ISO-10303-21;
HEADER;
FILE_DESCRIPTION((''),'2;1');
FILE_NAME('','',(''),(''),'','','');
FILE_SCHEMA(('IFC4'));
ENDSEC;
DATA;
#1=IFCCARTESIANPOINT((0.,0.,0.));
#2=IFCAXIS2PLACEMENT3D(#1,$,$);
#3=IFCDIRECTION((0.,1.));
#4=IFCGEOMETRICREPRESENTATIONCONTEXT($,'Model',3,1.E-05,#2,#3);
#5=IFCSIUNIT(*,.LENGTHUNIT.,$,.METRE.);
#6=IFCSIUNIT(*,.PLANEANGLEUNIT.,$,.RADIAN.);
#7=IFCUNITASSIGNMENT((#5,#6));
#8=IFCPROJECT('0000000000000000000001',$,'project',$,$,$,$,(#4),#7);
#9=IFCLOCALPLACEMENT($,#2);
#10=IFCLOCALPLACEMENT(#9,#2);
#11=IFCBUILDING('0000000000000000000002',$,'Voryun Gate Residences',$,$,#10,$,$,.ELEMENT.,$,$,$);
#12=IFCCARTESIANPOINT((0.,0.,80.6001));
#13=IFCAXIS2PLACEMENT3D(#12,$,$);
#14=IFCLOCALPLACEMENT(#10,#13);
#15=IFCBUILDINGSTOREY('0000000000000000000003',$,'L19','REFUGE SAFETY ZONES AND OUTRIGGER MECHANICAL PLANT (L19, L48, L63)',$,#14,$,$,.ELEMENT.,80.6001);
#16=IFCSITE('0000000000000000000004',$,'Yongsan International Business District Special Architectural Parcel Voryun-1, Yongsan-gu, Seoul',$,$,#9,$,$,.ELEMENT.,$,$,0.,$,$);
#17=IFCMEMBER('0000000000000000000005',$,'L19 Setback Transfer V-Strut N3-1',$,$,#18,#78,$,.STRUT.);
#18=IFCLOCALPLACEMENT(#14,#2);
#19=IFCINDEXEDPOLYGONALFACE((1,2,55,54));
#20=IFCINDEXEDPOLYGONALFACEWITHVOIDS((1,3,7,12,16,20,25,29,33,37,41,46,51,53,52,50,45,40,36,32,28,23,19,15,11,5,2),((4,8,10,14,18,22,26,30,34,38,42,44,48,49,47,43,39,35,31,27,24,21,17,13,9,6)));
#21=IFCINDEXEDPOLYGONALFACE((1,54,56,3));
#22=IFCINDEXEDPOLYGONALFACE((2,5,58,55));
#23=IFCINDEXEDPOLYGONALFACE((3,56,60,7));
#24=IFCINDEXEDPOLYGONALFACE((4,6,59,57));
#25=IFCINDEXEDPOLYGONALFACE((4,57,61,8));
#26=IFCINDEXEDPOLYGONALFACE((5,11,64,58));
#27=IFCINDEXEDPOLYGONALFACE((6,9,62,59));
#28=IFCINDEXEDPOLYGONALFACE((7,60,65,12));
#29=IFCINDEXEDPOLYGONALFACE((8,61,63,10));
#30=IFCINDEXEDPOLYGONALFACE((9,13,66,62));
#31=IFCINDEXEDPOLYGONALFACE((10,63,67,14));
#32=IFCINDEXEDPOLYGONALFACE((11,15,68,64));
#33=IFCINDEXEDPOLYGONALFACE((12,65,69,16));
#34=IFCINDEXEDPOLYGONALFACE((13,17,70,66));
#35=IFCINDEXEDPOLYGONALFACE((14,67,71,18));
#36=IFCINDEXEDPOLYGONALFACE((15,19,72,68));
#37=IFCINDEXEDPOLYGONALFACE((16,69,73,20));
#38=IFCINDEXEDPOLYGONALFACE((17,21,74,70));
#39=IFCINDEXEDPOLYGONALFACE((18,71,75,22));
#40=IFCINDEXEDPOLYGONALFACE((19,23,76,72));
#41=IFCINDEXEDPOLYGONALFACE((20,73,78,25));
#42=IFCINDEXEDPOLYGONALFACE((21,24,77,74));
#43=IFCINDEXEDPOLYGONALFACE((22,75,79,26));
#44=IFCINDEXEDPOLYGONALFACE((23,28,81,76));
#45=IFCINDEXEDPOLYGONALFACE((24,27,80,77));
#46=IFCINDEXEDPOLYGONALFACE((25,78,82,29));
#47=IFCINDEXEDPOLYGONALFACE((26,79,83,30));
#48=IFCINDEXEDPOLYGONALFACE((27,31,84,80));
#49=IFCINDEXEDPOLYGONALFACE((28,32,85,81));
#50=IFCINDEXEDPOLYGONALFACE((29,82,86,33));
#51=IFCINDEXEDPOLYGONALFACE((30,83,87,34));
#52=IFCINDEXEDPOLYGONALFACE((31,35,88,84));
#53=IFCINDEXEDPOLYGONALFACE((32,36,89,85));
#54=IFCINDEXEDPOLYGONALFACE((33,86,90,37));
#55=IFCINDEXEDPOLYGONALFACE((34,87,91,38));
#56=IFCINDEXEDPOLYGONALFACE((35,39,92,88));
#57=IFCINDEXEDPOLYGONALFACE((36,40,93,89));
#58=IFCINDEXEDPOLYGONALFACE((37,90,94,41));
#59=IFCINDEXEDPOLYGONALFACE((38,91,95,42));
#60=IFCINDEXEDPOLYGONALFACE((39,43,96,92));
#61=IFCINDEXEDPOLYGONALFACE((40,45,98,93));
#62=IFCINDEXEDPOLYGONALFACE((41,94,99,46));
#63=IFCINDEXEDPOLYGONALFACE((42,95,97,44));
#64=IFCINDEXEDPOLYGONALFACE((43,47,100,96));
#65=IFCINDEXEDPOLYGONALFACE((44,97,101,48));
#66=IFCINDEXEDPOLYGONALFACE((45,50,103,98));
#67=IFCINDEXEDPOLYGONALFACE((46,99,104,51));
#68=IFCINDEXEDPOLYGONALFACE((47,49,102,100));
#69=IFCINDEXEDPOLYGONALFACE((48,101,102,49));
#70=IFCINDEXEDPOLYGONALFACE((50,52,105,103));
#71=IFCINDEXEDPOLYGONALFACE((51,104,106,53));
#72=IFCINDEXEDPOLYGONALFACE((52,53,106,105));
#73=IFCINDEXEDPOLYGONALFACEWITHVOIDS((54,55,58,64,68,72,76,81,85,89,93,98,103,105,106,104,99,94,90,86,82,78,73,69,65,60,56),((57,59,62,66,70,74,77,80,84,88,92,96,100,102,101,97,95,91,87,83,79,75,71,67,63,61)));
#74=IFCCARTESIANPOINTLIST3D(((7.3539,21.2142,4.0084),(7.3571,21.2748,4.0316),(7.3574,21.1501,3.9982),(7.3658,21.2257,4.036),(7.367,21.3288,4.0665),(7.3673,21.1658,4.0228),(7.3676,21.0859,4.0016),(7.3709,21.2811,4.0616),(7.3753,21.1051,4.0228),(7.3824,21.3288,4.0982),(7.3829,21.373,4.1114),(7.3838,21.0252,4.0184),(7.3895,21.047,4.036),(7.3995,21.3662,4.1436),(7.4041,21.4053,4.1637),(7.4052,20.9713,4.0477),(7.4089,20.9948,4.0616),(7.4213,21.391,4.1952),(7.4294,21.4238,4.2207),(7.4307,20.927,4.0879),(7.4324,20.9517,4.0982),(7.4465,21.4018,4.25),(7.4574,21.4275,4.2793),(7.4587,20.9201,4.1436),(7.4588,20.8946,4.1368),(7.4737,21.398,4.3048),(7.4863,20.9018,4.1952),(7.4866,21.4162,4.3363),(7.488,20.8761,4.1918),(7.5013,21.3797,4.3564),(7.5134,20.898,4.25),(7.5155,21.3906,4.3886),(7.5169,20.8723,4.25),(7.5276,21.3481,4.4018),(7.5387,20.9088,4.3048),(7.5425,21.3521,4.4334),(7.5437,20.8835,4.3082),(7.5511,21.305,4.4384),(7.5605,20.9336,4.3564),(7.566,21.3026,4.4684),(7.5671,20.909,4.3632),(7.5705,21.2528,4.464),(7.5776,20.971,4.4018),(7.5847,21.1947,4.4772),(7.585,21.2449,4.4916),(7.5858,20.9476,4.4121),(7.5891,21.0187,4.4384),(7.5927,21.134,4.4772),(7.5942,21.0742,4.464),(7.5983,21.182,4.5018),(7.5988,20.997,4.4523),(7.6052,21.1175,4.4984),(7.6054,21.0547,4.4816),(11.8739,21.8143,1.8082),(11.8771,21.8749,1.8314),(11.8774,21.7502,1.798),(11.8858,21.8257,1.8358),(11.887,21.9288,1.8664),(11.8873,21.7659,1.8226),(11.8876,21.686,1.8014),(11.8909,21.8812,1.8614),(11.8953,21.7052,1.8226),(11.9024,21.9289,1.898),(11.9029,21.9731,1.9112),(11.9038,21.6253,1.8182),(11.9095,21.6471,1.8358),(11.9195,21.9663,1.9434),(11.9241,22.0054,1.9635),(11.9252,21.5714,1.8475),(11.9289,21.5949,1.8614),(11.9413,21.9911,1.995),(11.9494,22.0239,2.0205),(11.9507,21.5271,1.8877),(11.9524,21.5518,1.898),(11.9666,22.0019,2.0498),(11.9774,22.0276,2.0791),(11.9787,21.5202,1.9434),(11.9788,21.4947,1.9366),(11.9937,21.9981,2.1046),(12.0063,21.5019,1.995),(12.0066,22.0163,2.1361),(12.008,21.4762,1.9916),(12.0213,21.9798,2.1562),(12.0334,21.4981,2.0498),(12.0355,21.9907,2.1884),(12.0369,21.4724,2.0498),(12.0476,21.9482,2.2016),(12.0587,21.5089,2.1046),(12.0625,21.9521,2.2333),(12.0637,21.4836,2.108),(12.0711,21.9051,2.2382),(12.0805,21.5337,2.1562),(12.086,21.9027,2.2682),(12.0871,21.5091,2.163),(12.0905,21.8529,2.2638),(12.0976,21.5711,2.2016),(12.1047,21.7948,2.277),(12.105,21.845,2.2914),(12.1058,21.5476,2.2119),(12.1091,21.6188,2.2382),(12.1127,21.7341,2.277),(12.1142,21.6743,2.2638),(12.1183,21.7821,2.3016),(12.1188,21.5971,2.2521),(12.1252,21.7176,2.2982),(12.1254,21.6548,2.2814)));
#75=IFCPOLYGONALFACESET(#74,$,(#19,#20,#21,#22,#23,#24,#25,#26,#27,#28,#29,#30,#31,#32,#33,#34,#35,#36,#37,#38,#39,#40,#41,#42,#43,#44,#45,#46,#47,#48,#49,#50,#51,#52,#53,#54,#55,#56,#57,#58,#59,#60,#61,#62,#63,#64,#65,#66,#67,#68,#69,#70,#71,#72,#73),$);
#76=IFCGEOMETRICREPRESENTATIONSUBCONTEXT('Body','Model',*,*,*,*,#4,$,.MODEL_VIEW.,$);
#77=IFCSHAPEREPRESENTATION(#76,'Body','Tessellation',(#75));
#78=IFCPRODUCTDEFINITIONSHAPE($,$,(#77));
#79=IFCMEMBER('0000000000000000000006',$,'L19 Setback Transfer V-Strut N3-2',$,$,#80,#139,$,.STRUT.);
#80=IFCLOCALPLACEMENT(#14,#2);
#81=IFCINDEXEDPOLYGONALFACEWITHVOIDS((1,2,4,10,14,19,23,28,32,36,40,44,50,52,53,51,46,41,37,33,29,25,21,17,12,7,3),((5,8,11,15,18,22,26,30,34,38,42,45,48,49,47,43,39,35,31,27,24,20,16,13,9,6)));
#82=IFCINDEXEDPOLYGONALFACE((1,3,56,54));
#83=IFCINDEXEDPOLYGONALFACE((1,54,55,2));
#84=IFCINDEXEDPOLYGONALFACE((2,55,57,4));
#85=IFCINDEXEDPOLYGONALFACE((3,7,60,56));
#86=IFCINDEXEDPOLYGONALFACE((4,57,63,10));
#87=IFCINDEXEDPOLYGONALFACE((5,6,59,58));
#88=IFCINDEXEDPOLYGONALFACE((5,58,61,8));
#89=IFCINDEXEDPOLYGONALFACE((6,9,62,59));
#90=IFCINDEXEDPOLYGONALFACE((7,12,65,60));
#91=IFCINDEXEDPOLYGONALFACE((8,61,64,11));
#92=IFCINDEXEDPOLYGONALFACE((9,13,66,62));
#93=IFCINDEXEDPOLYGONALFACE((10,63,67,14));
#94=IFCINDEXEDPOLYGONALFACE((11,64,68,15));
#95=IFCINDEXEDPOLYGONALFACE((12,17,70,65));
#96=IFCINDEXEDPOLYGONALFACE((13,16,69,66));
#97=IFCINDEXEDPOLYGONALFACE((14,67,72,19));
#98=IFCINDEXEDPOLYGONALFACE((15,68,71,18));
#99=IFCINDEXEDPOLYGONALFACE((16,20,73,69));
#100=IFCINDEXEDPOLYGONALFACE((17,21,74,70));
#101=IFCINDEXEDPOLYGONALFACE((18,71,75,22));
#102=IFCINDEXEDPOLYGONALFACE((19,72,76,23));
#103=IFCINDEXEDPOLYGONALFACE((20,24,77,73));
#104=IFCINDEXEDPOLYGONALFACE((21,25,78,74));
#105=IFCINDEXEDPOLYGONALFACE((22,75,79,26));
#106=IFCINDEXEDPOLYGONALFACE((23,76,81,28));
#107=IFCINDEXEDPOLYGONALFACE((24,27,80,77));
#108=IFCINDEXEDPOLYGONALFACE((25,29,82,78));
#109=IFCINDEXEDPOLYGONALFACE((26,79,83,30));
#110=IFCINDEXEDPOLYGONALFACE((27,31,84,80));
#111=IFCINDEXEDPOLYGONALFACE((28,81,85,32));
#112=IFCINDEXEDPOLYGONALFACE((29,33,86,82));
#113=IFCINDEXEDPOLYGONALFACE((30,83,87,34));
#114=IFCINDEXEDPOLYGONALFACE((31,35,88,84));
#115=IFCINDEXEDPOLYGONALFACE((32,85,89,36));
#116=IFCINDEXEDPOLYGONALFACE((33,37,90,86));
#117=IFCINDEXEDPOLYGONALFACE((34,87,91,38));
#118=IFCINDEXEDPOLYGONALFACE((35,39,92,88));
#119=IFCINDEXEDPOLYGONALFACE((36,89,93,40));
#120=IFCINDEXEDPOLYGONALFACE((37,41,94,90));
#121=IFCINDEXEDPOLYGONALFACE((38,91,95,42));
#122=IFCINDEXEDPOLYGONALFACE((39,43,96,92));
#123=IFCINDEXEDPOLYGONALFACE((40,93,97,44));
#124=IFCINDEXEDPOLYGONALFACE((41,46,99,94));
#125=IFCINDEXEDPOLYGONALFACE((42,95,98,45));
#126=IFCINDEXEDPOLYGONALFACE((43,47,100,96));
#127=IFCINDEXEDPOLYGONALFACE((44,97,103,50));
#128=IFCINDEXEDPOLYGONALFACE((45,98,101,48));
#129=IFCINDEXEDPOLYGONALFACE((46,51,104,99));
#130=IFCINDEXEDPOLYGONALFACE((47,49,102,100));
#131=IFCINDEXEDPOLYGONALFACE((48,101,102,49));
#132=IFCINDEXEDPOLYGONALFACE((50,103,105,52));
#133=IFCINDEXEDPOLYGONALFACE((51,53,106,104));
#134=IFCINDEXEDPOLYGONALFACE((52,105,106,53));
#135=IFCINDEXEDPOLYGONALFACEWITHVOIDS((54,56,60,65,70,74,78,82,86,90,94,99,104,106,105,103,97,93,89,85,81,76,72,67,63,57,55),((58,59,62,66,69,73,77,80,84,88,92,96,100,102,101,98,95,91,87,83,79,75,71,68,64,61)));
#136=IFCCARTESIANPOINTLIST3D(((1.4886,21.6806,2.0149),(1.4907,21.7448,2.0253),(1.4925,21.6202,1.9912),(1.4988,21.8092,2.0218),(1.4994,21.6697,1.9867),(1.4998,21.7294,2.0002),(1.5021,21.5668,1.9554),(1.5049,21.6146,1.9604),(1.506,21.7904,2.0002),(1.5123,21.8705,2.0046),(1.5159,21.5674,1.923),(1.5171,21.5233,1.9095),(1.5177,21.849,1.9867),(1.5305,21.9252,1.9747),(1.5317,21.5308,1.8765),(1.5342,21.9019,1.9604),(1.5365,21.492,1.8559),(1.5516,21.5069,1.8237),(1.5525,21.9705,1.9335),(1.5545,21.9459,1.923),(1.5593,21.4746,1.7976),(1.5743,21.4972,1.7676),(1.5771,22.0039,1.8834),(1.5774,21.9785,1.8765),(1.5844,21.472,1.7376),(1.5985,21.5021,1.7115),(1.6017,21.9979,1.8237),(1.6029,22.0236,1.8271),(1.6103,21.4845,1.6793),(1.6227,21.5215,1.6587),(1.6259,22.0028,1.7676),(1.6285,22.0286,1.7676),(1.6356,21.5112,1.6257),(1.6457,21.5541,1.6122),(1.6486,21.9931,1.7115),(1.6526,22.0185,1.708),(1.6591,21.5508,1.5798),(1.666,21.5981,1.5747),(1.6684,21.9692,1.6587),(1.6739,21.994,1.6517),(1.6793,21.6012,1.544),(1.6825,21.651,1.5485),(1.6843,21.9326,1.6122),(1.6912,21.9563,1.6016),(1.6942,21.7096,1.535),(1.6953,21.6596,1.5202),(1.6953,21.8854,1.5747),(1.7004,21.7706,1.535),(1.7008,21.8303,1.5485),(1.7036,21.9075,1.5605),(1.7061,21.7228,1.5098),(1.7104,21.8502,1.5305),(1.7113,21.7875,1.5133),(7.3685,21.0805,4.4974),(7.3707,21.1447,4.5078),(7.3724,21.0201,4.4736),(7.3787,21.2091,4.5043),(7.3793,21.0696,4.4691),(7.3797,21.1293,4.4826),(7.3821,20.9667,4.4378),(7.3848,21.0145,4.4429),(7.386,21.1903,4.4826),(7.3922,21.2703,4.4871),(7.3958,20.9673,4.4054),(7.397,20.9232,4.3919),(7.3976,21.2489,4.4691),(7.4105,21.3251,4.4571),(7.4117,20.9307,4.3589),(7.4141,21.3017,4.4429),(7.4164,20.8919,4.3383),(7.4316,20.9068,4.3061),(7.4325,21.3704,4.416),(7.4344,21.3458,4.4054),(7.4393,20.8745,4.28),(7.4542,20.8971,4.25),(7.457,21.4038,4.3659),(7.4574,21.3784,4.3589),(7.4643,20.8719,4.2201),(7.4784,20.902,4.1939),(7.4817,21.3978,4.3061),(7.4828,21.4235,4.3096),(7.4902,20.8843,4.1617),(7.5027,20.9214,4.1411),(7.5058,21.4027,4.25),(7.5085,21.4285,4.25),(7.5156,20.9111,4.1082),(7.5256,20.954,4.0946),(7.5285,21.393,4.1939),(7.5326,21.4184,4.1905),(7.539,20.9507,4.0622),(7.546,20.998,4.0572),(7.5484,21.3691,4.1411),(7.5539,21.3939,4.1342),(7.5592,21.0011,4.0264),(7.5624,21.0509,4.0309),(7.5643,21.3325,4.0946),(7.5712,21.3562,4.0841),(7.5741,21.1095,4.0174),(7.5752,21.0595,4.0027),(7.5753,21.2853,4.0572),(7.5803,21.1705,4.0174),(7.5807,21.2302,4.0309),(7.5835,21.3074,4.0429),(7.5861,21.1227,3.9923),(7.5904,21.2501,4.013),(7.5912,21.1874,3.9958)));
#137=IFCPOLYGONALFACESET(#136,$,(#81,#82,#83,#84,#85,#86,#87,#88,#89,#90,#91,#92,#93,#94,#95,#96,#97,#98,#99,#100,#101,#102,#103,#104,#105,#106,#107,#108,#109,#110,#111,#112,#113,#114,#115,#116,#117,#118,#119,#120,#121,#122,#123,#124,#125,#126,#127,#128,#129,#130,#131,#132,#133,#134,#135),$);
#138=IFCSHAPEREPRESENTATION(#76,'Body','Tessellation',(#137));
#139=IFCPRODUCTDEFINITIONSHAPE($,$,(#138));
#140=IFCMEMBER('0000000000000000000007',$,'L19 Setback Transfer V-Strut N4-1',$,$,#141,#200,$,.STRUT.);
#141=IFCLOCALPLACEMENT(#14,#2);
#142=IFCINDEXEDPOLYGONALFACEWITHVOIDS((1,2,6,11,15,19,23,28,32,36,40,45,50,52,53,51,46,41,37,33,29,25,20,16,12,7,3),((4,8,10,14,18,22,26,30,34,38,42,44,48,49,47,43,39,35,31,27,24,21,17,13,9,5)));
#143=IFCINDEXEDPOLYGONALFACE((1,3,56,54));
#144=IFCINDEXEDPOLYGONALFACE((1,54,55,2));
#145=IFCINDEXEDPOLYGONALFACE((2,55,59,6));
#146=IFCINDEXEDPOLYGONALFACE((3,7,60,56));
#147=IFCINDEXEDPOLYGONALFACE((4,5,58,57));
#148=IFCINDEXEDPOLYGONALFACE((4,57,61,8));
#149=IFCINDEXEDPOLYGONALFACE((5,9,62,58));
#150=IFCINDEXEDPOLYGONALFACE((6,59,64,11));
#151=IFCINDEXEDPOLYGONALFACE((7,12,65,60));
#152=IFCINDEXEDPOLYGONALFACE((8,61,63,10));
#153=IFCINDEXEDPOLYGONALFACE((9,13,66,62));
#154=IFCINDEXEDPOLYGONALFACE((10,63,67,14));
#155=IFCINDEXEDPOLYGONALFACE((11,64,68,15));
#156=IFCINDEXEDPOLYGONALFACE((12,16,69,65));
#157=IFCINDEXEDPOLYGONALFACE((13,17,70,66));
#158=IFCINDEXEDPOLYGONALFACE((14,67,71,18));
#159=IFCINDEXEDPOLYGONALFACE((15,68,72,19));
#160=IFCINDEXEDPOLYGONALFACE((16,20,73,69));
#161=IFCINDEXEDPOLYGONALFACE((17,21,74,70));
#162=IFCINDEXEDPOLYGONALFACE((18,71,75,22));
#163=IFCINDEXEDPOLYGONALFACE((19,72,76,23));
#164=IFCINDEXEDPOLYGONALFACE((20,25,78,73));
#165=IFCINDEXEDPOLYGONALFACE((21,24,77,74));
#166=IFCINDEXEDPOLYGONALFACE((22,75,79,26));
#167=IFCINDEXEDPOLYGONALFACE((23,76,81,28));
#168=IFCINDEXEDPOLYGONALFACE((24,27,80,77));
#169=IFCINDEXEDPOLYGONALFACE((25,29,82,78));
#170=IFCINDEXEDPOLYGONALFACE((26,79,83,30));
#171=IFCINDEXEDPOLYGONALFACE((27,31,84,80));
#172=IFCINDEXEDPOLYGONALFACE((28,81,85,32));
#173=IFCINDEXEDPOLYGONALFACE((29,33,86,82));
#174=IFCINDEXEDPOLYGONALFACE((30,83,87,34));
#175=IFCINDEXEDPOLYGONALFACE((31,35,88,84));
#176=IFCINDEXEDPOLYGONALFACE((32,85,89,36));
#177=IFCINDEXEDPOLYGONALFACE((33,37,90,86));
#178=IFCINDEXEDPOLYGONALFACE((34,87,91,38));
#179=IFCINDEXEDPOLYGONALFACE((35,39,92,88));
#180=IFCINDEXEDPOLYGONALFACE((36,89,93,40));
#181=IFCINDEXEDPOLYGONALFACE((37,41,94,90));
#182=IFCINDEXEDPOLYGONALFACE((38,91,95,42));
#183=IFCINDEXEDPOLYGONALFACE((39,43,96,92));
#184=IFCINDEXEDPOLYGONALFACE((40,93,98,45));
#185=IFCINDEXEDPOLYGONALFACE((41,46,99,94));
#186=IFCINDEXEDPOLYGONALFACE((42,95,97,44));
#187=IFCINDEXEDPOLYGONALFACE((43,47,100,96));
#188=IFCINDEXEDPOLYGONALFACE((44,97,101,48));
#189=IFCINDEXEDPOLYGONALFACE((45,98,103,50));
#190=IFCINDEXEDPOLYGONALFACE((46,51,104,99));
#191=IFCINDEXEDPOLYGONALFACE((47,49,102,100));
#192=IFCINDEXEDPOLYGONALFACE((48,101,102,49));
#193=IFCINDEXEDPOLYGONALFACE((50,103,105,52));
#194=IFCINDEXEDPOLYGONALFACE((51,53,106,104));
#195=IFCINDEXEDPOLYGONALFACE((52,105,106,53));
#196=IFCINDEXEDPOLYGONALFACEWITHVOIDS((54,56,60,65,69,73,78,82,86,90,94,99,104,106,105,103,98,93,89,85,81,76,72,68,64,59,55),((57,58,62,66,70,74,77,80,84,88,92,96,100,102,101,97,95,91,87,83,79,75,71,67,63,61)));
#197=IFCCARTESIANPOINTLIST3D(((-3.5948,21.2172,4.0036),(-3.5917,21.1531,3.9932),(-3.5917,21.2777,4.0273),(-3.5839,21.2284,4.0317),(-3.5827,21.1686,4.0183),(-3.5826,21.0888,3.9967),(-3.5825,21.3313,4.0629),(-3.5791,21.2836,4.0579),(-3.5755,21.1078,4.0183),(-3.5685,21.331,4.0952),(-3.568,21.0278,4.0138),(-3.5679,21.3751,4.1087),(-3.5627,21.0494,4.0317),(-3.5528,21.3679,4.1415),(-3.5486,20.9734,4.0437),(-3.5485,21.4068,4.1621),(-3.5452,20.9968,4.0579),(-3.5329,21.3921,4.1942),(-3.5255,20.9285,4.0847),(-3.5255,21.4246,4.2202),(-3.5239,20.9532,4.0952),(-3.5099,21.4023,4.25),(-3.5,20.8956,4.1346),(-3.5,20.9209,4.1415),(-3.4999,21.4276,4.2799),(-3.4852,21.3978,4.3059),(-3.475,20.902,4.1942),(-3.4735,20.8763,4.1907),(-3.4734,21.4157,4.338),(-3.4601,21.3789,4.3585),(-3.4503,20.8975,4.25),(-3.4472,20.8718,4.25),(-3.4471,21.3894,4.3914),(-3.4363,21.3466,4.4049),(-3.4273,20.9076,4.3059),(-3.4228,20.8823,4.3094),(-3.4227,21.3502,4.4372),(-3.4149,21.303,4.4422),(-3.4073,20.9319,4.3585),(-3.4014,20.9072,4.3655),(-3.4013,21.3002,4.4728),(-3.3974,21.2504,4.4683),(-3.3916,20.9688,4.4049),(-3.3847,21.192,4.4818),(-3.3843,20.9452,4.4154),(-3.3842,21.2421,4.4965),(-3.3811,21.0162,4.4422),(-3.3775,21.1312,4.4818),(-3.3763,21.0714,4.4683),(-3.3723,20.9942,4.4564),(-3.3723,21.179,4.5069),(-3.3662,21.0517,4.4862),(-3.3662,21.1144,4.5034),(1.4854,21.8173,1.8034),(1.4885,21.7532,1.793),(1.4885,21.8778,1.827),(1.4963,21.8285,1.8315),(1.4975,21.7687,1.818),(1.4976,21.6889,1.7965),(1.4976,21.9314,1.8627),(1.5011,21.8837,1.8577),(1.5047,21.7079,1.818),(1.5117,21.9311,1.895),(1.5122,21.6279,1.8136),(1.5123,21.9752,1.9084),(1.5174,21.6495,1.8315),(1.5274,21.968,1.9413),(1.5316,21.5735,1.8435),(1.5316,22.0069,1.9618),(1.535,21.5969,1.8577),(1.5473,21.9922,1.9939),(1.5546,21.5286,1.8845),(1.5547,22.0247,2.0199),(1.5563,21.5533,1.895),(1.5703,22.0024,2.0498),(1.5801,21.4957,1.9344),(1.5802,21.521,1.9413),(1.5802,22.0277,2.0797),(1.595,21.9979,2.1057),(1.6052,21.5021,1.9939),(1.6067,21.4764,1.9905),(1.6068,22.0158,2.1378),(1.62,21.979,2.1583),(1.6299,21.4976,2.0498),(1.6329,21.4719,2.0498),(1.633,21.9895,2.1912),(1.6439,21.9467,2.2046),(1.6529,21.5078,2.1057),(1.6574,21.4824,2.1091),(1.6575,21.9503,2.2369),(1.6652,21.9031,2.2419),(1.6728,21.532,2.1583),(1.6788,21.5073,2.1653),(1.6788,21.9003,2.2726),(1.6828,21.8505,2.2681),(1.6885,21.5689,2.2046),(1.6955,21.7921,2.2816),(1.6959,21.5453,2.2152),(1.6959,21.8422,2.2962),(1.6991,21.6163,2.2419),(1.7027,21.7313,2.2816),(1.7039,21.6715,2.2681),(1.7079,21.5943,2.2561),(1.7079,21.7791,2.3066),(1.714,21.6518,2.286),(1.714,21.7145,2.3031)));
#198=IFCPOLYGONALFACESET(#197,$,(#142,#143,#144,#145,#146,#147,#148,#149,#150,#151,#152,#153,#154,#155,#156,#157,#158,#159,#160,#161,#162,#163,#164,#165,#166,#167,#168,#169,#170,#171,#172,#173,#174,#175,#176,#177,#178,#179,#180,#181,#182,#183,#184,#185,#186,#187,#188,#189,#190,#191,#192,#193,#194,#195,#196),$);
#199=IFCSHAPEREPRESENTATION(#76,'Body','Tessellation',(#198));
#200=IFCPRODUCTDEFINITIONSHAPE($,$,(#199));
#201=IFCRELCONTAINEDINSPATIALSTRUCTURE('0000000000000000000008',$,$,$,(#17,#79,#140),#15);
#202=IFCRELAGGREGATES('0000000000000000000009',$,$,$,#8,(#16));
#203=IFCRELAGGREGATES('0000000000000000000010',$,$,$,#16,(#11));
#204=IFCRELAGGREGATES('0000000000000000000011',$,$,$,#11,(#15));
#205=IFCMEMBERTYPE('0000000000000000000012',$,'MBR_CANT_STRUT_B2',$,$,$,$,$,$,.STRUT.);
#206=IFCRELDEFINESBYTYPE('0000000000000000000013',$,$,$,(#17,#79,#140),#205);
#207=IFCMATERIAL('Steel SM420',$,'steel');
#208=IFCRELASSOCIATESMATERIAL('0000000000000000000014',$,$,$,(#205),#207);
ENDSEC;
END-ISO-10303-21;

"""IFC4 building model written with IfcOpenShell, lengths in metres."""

from ifc_helpers import new_model, si_unit, direction, frame, origin, origin_2d, place, context, subcontext, project, spatial, hollow_circle, extrude, material, material_profile, profile_set, type_object, element, save


model = new_model("IFC4")

# Units and contexts
model_context = context("Model", 3, precision=1e-05, world=origin(), true_north=direction((0.0, 1.0)))
body_context = subcontext(model_context, "Body", "Model", "MODEL_VIEW")
ifc_project = project(units=[si_unit("LENGTHUNIT", "METRE"), si_unit("PLANEANGLEUNIT", "RADIAN")], contexts=[model_context])

# Site, building, storey
site_placement = place(None, origin())
site = spatial("IfcSite", under=ifc_project, at=site_placement, Name="Yongsan International Business District Special Architectural Parcel Voryun-1, Yongsan-gu, Seoul", CompositionType="ELEMENT", RefElevation=0.0)
building_placement = place(site_placement, origin())
building = spatial("IfcBuilding", under=site, at=building_placement, Name="Voryun Gate Residences", CompositionType="ELEMENT")
storey_placement = place(building_placement, frame((0.0, 0.0, 80.6001)))
storey = spatial("IfcBuildingStorey", under=building, at=storey_placement, Name="L19", Description="REFUGE SAFETY ZONES AND OUTRIGGER MECHANICAL PLANT (L19, L48, L63)", CompositionType="ELEMENT", Elevation=80.6001)

# Members
ifc_material_1 = material(Name="Steel SM420", Category="steel")
ifc_material_profile_1 = material_profile(ifc_material_1, hollow_circle(Radius=0.28, WallThickness=0.0259, at=origin_2d()), Name="CHS-560x26")
ifc_profile_set_1 = profile_set([ifc_material_profile_1], Name="Steel SM420")
member_type = type_object("IfcMemberType", Name="MBR_CANT_STRUT_B2", PredefinedType="STRUT", material=ifc_profile_set_1)
member_1_placement = place(storey_placement, frame((12.0, 21.75, 2.0498), z_axis=(-0.892797, -0.118532, 0.434584), x_axis=(0.13161, -0.991302, 0.0)))
element("IfcMember", 1, at=member_1_placement, inside=storey, type_object=member_type, Name="L19 Setback Transfer V-Strut N3-1", PredefinedType="STRUT", context=body_context, shape_type="SweptSolid", body=[
    extrude(hollow_circle(Radius=0.28, WallThickness=0.0259, at=origin_2d()), origin(), (0.0, 0.0, 1.0), 5.0627),
])
member_2_placement = place(storey_placement, frame((1.6001, 21.75, 1.7676), z_axis=(0.917215, -0.09361, 0.387238), x_axis=(0.101532, 0.994832, 0.0)))
element("IfcMember", 2, at=member_2_placement, inside=storey, type_object=member_type, Name="L19 Setback Transfer V-Strut N3-2", PredefinedType="STRUT", context=body_context, shape_type="SweptSolid", body=[
    extrude(hollow_circle(Radius=0.28, WallThickness=0.0259, at=origin_2d()), origin(), (0.0, 0.0, 1.0), 6.4106),
])
member_3_placement = place(storey_placement, frame((1.6001, 21.75, 2.0498), z_axis=(-0.912289, -0.107767, 0.395115), x_axis=(0.117312, -0.993095, 0.0)))
element("IfcMember", 3, at=member_3_placement, inside=storey, type_object=member_type, Name="L19 Setback Transfer V-Strut N4-1", PredefinedType="STRUT", context=body_context, shape_type="SweptSolid", body=[
    extrude(hollow_circle(Radius=0.28, WallThickness=0.0259, at=origin_2d()), origin(), (0.0, 0.0, 1.0), 5.5686),
])

save(model, "model.ifc")
